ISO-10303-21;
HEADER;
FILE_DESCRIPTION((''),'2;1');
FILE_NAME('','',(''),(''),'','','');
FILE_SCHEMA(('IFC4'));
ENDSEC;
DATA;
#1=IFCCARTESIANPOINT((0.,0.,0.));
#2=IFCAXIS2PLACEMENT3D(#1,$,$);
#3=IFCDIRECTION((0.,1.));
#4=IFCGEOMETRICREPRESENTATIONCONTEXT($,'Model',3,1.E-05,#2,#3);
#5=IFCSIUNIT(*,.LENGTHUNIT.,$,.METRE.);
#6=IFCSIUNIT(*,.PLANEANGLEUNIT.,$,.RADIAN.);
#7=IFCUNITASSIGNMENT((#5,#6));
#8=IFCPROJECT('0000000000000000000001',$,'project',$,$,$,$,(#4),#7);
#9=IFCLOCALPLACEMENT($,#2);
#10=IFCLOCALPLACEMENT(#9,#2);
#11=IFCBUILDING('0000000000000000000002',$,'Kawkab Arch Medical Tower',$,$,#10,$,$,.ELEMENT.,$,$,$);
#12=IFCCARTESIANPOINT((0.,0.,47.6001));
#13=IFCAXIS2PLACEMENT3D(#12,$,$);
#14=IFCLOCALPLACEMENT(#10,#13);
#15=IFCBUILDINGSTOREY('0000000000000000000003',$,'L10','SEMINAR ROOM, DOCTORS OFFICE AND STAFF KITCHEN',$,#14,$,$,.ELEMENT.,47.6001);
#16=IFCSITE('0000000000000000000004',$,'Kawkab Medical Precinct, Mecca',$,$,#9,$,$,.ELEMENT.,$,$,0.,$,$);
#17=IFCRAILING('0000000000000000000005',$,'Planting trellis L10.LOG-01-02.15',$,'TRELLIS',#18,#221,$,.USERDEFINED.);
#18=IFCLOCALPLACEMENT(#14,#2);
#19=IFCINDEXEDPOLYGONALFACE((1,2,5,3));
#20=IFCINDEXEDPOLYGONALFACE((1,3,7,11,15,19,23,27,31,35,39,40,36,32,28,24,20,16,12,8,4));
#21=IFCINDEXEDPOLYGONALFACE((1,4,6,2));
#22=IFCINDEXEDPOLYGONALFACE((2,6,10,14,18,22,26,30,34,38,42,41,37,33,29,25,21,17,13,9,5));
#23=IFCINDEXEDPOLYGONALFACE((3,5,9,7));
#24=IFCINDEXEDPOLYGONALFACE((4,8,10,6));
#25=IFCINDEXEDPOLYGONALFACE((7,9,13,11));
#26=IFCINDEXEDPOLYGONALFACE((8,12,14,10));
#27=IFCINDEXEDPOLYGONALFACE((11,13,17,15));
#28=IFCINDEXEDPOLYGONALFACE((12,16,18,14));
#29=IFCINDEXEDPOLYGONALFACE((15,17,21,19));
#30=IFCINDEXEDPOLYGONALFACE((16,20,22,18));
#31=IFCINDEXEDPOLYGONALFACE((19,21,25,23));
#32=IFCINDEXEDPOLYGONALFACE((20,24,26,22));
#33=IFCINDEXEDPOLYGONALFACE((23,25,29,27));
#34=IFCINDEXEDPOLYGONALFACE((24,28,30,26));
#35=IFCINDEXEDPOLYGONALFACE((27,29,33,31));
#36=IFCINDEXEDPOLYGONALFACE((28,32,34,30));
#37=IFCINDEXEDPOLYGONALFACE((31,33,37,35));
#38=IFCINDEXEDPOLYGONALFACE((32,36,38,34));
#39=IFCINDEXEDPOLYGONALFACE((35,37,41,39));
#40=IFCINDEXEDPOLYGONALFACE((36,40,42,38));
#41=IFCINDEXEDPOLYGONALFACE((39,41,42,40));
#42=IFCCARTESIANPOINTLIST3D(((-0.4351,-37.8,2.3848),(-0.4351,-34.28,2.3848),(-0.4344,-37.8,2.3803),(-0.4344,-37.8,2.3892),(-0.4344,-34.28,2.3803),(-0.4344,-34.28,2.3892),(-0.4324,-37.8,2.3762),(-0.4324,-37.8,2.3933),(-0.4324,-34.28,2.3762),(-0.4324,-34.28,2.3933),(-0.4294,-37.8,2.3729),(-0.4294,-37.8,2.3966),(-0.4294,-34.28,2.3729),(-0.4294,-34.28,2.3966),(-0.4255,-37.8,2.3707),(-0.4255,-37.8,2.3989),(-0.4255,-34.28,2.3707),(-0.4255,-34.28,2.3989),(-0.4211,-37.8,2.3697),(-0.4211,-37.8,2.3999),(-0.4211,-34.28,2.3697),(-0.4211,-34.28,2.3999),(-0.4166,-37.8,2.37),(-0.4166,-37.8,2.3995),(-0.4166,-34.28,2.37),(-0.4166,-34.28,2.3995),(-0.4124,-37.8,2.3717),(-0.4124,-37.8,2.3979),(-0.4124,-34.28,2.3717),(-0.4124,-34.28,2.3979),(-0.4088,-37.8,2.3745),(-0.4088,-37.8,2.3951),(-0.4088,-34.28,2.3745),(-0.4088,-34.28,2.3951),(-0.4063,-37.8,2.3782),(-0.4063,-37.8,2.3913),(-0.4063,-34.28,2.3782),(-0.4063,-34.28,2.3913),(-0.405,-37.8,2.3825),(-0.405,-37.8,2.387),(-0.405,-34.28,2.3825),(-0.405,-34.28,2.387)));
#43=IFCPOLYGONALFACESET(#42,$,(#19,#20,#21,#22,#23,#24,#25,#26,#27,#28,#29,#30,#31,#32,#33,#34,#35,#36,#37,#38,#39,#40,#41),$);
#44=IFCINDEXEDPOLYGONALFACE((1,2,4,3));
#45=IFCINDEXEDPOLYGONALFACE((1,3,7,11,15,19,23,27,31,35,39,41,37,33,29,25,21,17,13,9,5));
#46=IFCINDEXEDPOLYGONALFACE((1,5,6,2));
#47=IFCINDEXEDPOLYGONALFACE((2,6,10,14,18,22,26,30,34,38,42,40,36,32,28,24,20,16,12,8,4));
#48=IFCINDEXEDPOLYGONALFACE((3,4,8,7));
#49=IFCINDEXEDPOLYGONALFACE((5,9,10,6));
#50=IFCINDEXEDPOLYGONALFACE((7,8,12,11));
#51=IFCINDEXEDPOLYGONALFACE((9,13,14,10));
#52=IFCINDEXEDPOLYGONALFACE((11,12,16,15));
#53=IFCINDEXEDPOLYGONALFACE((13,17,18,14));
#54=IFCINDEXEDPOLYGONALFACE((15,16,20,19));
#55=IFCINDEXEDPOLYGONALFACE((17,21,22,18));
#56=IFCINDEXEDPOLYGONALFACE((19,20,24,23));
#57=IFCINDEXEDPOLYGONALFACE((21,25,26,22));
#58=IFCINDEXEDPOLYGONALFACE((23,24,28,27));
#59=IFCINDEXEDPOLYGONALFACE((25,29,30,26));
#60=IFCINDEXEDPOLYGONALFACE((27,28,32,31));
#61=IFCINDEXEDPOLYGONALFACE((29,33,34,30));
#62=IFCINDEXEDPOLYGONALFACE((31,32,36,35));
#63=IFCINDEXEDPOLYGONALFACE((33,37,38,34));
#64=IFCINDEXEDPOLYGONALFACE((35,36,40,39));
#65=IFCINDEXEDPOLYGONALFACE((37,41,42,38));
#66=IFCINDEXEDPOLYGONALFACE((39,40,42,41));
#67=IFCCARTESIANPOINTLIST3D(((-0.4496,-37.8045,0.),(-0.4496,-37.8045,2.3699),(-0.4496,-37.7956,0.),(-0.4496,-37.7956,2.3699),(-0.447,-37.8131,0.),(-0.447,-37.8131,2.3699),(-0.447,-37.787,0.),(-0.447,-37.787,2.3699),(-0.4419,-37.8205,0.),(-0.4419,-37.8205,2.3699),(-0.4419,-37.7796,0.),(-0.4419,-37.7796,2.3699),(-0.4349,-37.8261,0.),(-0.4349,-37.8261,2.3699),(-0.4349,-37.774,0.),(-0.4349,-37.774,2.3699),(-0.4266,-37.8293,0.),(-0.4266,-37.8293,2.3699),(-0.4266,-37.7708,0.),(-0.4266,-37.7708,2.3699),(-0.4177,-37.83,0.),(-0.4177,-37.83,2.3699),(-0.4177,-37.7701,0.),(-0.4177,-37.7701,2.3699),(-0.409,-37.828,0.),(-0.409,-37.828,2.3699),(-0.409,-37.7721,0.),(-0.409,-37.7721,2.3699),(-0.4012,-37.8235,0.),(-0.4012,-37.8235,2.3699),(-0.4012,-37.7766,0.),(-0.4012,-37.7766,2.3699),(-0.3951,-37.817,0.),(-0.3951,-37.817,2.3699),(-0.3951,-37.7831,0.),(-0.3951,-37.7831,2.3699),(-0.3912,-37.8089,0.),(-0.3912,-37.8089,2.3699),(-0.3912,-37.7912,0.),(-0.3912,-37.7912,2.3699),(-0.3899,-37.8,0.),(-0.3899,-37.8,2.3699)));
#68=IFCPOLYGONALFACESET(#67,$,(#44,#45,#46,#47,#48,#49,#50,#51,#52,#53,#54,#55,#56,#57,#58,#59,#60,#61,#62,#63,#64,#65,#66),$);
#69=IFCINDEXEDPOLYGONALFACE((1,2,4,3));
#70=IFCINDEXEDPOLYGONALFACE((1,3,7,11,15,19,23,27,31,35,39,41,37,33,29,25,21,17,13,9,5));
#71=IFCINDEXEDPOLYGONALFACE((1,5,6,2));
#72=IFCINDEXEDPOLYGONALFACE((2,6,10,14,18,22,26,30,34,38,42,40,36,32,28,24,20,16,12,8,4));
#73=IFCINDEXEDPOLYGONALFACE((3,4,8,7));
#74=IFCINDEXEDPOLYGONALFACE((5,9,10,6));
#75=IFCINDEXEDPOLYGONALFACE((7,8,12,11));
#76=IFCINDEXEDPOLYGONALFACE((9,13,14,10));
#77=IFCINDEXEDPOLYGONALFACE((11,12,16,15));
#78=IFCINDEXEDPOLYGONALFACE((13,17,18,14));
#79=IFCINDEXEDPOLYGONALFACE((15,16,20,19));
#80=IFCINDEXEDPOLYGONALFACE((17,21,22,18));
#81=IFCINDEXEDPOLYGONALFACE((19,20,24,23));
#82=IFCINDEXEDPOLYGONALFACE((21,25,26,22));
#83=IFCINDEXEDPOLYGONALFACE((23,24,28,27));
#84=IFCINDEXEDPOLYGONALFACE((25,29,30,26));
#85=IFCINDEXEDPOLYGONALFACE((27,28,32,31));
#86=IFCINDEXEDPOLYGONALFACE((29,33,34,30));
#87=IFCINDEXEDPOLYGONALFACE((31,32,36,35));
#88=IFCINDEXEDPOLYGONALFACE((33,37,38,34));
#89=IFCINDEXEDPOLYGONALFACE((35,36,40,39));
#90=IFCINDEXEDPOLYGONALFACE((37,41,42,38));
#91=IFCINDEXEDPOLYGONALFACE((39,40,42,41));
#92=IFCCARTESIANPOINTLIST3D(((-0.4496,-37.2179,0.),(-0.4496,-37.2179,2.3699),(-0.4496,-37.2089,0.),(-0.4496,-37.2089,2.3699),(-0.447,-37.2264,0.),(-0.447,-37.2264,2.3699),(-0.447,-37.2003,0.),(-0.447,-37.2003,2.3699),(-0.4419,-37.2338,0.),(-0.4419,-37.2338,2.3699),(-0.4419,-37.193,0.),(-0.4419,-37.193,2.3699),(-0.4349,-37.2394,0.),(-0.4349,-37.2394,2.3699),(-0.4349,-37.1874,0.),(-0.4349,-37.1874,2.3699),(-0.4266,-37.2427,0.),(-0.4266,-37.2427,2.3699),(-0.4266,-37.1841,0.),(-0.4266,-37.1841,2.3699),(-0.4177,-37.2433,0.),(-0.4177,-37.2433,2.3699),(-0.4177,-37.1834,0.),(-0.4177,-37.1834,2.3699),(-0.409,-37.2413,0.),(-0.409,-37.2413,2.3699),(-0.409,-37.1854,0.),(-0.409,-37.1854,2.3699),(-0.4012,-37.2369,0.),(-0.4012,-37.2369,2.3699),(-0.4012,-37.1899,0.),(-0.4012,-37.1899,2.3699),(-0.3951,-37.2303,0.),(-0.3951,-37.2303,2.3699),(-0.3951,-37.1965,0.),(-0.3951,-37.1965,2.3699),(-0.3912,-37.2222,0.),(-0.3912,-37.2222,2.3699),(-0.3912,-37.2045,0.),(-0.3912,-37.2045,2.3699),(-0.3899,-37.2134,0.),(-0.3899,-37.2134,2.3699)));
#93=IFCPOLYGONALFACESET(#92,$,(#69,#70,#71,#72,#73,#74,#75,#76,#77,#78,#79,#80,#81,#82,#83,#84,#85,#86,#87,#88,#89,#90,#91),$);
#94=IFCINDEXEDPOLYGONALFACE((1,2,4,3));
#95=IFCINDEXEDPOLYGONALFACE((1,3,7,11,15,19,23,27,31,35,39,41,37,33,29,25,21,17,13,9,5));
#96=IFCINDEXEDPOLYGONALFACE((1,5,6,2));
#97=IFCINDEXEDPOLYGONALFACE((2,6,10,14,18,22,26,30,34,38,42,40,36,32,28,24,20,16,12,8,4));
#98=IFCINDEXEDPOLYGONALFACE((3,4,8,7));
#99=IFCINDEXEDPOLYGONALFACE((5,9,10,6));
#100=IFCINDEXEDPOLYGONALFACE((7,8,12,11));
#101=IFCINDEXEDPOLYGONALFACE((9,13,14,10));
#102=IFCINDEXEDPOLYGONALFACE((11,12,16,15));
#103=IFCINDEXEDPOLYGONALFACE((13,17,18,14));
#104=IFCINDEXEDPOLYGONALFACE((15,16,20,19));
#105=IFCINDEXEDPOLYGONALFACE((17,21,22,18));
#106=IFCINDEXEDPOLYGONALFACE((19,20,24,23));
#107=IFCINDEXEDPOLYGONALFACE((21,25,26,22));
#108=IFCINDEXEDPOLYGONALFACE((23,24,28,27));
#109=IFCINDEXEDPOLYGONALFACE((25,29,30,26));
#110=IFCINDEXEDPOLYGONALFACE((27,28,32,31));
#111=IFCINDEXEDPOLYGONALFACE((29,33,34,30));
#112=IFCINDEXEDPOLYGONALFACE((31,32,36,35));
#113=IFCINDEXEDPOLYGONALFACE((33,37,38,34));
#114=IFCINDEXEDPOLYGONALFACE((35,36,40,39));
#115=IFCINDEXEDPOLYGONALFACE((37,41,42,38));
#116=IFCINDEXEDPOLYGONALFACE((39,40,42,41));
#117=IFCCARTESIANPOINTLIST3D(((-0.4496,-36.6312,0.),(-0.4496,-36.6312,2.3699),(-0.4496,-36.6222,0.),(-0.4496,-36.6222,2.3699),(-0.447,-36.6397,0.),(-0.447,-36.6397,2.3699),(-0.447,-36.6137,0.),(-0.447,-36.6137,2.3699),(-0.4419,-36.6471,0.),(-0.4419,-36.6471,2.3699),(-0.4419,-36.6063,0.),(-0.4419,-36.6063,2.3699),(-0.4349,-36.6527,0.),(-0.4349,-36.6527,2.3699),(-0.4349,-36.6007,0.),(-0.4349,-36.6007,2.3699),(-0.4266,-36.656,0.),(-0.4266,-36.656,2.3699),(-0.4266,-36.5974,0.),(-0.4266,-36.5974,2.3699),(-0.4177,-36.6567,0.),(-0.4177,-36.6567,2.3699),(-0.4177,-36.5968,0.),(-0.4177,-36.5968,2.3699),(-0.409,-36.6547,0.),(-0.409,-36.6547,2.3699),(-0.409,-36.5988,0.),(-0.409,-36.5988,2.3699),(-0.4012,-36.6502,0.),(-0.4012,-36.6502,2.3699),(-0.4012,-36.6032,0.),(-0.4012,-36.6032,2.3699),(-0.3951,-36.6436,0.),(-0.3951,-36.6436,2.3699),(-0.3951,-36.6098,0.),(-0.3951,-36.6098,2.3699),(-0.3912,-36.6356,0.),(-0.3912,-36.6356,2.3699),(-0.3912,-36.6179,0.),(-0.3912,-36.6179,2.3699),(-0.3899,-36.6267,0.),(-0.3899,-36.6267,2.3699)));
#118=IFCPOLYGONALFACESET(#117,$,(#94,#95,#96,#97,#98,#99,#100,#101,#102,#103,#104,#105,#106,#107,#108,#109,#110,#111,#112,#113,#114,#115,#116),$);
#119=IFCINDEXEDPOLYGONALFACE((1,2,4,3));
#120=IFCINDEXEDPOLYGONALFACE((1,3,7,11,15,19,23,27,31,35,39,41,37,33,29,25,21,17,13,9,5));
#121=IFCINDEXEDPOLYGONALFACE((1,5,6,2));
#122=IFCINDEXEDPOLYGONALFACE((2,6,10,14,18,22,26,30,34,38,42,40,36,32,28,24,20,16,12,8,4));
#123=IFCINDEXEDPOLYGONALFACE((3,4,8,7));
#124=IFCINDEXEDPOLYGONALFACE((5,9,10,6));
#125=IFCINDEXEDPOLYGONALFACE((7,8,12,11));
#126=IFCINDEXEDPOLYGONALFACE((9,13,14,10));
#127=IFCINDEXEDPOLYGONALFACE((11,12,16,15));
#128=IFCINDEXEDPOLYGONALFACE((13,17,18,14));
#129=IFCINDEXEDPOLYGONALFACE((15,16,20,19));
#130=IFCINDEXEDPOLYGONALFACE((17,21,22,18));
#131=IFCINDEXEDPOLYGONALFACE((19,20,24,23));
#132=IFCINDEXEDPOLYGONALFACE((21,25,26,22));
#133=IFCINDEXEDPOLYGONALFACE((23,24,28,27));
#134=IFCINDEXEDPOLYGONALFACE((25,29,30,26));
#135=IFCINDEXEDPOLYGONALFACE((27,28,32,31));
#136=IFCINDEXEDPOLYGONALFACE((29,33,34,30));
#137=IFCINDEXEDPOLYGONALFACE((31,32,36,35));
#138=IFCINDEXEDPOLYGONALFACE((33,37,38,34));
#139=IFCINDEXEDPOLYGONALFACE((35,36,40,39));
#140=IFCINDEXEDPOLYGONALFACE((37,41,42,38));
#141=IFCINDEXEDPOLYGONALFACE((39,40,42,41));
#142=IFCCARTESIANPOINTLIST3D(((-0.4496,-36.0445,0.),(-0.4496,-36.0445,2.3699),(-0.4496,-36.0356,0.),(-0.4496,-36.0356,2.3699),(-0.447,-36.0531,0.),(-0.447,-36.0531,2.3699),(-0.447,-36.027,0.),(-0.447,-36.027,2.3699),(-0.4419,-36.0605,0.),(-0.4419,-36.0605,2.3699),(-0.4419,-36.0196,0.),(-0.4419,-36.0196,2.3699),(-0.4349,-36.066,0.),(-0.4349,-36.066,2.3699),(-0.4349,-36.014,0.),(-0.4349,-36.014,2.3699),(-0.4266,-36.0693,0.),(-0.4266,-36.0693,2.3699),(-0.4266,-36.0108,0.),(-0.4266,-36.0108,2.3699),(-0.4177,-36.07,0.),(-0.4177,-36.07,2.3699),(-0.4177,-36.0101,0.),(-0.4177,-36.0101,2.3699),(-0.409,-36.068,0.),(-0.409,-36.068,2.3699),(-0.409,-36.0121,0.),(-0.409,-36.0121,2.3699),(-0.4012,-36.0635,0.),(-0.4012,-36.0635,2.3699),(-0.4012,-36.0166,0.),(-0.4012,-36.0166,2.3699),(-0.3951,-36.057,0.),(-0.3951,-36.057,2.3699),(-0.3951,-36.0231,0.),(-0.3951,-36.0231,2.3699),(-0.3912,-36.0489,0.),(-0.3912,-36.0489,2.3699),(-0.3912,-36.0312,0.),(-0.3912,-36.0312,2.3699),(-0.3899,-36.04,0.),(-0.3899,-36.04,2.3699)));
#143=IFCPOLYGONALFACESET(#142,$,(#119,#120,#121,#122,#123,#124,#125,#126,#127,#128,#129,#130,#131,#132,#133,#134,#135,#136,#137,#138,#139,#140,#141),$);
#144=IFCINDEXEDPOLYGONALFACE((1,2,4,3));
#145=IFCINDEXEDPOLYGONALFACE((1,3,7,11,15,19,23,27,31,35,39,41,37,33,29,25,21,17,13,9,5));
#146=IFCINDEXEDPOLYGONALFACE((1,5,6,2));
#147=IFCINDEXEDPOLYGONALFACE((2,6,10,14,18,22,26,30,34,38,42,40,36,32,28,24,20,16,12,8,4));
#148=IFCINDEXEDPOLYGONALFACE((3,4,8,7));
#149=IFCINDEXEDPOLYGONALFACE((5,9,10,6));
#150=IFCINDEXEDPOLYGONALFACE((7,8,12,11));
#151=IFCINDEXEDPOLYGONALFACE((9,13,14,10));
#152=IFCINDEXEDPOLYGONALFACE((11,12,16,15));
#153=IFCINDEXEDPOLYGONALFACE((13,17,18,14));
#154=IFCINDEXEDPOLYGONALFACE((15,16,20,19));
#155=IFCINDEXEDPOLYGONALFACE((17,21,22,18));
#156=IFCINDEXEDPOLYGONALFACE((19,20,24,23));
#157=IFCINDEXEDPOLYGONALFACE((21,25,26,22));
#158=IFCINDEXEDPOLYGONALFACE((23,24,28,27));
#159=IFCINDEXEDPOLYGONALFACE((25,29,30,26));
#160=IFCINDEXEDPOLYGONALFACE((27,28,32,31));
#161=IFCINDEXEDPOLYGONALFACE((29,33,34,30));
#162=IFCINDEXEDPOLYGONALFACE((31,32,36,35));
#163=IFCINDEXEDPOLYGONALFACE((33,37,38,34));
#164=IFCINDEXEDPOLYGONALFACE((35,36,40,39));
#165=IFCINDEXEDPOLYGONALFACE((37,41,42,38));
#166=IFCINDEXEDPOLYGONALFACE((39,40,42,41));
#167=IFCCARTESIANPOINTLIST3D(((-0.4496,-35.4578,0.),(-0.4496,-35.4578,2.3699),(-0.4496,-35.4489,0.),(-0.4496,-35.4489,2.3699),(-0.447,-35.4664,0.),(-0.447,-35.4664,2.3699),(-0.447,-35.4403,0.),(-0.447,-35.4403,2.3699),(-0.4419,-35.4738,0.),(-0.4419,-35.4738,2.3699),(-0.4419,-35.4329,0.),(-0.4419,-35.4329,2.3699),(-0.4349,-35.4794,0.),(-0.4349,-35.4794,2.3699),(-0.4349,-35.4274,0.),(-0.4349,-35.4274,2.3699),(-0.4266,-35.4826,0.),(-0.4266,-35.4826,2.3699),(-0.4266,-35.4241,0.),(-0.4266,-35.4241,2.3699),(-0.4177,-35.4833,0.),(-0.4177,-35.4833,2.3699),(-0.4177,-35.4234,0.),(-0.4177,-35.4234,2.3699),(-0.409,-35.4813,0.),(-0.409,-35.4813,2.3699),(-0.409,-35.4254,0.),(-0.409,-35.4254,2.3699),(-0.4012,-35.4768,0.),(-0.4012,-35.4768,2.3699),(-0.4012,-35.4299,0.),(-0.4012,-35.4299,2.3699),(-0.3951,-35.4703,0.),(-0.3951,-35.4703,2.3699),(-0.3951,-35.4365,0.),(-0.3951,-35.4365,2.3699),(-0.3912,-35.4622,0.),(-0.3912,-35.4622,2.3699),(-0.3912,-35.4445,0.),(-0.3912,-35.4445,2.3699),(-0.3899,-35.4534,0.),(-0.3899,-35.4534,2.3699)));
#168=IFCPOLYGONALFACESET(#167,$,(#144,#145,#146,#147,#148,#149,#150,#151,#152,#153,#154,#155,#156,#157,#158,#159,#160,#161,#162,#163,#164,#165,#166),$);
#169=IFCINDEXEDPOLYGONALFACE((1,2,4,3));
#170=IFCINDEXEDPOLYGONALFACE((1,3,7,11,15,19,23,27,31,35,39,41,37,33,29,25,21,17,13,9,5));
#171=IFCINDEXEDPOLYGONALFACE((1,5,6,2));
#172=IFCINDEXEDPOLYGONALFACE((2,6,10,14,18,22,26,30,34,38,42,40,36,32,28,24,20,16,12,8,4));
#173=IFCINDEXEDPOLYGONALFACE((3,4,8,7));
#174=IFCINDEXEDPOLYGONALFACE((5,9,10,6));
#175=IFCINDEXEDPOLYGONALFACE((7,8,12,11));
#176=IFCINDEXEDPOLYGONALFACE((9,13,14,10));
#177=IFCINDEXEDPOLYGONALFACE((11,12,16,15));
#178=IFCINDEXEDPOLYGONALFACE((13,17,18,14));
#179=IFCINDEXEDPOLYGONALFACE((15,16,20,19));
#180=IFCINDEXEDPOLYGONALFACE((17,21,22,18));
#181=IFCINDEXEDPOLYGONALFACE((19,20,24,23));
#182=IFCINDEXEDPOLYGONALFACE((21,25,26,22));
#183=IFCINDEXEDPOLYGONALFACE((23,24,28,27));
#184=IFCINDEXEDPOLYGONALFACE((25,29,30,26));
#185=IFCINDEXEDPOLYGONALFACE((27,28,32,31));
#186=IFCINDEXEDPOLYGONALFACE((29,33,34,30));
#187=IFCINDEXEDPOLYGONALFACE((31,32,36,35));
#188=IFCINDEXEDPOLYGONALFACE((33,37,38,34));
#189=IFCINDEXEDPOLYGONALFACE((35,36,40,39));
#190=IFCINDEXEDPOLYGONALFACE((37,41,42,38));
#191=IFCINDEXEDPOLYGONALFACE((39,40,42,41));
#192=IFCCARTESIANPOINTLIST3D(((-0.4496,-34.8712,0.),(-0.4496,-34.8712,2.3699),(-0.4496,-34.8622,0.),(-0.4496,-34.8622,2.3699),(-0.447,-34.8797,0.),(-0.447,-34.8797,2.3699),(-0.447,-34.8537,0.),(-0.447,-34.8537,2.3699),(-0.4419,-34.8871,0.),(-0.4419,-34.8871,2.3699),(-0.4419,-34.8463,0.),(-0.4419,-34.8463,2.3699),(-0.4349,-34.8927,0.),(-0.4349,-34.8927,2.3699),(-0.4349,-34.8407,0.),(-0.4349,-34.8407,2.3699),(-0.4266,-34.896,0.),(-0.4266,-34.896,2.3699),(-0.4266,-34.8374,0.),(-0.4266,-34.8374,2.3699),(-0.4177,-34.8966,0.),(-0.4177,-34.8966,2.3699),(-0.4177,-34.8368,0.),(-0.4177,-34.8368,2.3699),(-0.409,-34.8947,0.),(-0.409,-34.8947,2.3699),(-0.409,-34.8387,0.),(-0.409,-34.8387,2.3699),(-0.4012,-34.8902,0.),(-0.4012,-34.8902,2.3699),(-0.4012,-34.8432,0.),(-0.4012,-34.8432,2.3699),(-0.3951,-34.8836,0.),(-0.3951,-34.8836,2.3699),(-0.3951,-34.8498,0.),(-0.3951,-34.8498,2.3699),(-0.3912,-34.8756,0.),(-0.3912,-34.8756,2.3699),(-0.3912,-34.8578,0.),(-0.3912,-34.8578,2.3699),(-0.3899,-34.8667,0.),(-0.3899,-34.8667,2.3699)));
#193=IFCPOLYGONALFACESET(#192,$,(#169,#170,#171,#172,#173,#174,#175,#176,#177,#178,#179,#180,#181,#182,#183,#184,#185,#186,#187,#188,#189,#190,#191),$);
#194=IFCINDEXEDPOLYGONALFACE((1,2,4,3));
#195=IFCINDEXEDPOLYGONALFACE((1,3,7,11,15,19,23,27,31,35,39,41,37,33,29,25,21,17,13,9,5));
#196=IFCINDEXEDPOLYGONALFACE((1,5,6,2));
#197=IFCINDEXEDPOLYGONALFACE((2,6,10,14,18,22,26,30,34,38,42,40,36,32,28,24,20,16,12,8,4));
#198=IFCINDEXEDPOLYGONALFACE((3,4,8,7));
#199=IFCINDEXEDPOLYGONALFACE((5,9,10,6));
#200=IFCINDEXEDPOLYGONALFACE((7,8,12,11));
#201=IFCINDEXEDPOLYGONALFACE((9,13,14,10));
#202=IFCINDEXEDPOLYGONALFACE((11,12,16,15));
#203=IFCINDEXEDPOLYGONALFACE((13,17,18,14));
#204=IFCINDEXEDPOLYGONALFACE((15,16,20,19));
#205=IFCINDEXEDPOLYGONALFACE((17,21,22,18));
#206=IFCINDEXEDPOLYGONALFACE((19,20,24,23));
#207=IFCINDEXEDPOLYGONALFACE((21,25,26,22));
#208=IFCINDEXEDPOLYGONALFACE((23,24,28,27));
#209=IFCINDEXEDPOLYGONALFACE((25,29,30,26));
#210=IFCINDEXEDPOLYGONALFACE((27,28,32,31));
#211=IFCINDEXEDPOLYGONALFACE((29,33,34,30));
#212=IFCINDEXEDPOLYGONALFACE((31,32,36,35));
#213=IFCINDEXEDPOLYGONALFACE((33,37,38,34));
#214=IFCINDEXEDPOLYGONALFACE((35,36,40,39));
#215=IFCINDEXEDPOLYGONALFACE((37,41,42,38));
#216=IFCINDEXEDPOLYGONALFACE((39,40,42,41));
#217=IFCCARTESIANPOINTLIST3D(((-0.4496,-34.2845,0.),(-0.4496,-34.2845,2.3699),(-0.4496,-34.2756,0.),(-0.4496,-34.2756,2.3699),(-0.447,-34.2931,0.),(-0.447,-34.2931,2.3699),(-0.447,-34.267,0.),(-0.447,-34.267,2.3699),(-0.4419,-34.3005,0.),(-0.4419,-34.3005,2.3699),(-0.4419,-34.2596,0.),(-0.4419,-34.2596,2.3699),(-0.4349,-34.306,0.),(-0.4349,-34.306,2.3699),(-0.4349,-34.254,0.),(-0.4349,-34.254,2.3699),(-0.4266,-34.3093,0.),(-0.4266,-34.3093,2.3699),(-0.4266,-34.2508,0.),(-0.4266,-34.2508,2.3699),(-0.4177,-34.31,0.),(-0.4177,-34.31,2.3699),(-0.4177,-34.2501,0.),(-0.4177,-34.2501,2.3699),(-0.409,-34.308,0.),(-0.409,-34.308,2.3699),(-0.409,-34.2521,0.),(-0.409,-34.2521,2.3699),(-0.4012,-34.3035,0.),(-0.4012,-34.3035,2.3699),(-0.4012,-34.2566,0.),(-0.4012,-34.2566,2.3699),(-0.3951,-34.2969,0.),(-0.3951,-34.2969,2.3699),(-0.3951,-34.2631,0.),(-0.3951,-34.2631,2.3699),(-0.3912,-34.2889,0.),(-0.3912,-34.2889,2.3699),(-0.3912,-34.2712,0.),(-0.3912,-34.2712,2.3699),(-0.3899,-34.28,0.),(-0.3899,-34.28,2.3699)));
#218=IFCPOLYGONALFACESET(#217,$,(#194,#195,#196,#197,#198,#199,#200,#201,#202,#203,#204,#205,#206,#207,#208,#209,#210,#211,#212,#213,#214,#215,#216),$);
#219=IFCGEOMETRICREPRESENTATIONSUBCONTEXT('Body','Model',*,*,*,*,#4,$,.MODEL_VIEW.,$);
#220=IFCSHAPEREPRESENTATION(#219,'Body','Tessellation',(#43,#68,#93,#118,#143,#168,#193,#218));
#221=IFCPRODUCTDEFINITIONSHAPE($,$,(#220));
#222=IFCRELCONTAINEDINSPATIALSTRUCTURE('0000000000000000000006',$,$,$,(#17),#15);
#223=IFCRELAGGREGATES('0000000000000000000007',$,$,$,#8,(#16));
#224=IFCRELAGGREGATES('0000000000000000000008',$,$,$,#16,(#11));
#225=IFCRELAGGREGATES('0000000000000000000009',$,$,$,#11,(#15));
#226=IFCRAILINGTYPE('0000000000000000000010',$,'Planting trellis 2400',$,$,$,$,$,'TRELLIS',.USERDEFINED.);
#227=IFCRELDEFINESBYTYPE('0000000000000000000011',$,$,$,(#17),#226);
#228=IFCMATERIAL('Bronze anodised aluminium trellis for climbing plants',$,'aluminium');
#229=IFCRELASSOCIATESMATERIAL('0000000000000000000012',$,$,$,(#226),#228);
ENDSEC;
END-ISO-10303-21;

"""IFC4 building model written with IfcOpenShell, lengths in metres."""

from ifc_helpers import new_model, si_unit, direction, frame, origin, origin_2d, place, context, subcontext, project, spatial, circle, extrude, material, type_object, element, save


model = new_model("IFC4")

# Units and contexts
model_context = context("Model", 3, precision=1e-05, world=origin(), true_north=direction((0.0, 1.0)))
body_context = subcontext(model_context, "Body", "Model", "MODEL_VIEW")
ifc_project = project(units=[si_unit("LENGTHUNIT", "METRE"), si_unit("PLANEANGLEUNIT", "RADIAN")], contexts=[model_context])

# Site, building, storey
site_placement = place(None, origin())
site = spatial("IfcSite", under=ifc_project, at=site_placement, Name="Kawkab Medical Precinct, Mecca", CompositionType="ELEMENT", RefElevation=0.0)
building_placement = place(site_placement, origin())
building = spatial("IfcBuilding", under=site, at=building_placement, Name="Kawkab Arch Medical Tower", CompositionType="ELEMENT")
storey_placement = place(building_placement, frame((0.0, 0.0, 47.6001)))
storey = spatial("IfcBuildingStorey", under=building, at=storey_placement, Name="L10", Description="SEMINAR ROOM, DOCTORS OFFICE AND STAFF KITCHEN", CompositionType="ELEMENT", Elevation=47.6001)

# Railing
ifc_material_1 = material(Name="Bronze anodised aluminium trellis for climbing plants", Category="aluminium")
railing_type_1 = type_object("IfcRailingType", Name="Planting trellis 2400", ElementType="TRELLIS", PredefinedType="USERDEFINED", material=ifc_material_1)
railing_1_placement = place(storey_placement, frame((-0.4199, -37.8, 0.0)))
element("IfcRailing", 1, at=railing_1_placement, inside=storey, type_object=railing_type_1, Name="Planting trellis L10.LOG-01-02.15", ObjectType="TRELLIS", PredefinedType="USERDEFINED", context=body_context, shape_type="SweptSolid", body=[
    extrude(circle(Radius=0.0151, at=origin_2d()), frame((0.0, 0.0, 2.3848), z_axis=(0.0, 1.0, 0.0), x_axis=(-1.0, 0.0, 0.0)), (0.0, 0.0, 1.0), 3.52),
    extrude(circle(Radius=0.03, at=origin_2d()), origin(), (0.0, 0.0, 1.0), 2.3699),
    extrude(circle(Radius=0.03, at=origin_2d()), frame((0.0, 0.5867, 0.0)), (0.0, 0.0, 1.0), 2.3699),
    extrude(circle(Radius=0.03, at=origin_2d()), frame((0.0, 1.1733, 0.0)), (0.0, 0.0, 1.0), 2.3699),
    extrude(circle(Radius=0.03, at=origin_2d()), frame((0.0, 1.76, 0.0)), (0.0, 0.0, 1.0), 2.3699),
    extrude(circle(Radius=0.03, at=origin_2d()), frame((0.0, 2.3467, 0.0)), (0.0, 0.0, 1.0), 2.3699),
    extrude(circle(Radius=0.03, at=origin_2d()), frame((0.0, 2.9333, 0.0)), (0.0, 0.0, 1.0), 2.3699),
    extrude(circle(Radius=0.03, at=origin_2d()), frame((0.0, 3.52, 0.0)), (0.0, 0.0, 1.0), 2.3699),
])

save(model, "model.ifc")
